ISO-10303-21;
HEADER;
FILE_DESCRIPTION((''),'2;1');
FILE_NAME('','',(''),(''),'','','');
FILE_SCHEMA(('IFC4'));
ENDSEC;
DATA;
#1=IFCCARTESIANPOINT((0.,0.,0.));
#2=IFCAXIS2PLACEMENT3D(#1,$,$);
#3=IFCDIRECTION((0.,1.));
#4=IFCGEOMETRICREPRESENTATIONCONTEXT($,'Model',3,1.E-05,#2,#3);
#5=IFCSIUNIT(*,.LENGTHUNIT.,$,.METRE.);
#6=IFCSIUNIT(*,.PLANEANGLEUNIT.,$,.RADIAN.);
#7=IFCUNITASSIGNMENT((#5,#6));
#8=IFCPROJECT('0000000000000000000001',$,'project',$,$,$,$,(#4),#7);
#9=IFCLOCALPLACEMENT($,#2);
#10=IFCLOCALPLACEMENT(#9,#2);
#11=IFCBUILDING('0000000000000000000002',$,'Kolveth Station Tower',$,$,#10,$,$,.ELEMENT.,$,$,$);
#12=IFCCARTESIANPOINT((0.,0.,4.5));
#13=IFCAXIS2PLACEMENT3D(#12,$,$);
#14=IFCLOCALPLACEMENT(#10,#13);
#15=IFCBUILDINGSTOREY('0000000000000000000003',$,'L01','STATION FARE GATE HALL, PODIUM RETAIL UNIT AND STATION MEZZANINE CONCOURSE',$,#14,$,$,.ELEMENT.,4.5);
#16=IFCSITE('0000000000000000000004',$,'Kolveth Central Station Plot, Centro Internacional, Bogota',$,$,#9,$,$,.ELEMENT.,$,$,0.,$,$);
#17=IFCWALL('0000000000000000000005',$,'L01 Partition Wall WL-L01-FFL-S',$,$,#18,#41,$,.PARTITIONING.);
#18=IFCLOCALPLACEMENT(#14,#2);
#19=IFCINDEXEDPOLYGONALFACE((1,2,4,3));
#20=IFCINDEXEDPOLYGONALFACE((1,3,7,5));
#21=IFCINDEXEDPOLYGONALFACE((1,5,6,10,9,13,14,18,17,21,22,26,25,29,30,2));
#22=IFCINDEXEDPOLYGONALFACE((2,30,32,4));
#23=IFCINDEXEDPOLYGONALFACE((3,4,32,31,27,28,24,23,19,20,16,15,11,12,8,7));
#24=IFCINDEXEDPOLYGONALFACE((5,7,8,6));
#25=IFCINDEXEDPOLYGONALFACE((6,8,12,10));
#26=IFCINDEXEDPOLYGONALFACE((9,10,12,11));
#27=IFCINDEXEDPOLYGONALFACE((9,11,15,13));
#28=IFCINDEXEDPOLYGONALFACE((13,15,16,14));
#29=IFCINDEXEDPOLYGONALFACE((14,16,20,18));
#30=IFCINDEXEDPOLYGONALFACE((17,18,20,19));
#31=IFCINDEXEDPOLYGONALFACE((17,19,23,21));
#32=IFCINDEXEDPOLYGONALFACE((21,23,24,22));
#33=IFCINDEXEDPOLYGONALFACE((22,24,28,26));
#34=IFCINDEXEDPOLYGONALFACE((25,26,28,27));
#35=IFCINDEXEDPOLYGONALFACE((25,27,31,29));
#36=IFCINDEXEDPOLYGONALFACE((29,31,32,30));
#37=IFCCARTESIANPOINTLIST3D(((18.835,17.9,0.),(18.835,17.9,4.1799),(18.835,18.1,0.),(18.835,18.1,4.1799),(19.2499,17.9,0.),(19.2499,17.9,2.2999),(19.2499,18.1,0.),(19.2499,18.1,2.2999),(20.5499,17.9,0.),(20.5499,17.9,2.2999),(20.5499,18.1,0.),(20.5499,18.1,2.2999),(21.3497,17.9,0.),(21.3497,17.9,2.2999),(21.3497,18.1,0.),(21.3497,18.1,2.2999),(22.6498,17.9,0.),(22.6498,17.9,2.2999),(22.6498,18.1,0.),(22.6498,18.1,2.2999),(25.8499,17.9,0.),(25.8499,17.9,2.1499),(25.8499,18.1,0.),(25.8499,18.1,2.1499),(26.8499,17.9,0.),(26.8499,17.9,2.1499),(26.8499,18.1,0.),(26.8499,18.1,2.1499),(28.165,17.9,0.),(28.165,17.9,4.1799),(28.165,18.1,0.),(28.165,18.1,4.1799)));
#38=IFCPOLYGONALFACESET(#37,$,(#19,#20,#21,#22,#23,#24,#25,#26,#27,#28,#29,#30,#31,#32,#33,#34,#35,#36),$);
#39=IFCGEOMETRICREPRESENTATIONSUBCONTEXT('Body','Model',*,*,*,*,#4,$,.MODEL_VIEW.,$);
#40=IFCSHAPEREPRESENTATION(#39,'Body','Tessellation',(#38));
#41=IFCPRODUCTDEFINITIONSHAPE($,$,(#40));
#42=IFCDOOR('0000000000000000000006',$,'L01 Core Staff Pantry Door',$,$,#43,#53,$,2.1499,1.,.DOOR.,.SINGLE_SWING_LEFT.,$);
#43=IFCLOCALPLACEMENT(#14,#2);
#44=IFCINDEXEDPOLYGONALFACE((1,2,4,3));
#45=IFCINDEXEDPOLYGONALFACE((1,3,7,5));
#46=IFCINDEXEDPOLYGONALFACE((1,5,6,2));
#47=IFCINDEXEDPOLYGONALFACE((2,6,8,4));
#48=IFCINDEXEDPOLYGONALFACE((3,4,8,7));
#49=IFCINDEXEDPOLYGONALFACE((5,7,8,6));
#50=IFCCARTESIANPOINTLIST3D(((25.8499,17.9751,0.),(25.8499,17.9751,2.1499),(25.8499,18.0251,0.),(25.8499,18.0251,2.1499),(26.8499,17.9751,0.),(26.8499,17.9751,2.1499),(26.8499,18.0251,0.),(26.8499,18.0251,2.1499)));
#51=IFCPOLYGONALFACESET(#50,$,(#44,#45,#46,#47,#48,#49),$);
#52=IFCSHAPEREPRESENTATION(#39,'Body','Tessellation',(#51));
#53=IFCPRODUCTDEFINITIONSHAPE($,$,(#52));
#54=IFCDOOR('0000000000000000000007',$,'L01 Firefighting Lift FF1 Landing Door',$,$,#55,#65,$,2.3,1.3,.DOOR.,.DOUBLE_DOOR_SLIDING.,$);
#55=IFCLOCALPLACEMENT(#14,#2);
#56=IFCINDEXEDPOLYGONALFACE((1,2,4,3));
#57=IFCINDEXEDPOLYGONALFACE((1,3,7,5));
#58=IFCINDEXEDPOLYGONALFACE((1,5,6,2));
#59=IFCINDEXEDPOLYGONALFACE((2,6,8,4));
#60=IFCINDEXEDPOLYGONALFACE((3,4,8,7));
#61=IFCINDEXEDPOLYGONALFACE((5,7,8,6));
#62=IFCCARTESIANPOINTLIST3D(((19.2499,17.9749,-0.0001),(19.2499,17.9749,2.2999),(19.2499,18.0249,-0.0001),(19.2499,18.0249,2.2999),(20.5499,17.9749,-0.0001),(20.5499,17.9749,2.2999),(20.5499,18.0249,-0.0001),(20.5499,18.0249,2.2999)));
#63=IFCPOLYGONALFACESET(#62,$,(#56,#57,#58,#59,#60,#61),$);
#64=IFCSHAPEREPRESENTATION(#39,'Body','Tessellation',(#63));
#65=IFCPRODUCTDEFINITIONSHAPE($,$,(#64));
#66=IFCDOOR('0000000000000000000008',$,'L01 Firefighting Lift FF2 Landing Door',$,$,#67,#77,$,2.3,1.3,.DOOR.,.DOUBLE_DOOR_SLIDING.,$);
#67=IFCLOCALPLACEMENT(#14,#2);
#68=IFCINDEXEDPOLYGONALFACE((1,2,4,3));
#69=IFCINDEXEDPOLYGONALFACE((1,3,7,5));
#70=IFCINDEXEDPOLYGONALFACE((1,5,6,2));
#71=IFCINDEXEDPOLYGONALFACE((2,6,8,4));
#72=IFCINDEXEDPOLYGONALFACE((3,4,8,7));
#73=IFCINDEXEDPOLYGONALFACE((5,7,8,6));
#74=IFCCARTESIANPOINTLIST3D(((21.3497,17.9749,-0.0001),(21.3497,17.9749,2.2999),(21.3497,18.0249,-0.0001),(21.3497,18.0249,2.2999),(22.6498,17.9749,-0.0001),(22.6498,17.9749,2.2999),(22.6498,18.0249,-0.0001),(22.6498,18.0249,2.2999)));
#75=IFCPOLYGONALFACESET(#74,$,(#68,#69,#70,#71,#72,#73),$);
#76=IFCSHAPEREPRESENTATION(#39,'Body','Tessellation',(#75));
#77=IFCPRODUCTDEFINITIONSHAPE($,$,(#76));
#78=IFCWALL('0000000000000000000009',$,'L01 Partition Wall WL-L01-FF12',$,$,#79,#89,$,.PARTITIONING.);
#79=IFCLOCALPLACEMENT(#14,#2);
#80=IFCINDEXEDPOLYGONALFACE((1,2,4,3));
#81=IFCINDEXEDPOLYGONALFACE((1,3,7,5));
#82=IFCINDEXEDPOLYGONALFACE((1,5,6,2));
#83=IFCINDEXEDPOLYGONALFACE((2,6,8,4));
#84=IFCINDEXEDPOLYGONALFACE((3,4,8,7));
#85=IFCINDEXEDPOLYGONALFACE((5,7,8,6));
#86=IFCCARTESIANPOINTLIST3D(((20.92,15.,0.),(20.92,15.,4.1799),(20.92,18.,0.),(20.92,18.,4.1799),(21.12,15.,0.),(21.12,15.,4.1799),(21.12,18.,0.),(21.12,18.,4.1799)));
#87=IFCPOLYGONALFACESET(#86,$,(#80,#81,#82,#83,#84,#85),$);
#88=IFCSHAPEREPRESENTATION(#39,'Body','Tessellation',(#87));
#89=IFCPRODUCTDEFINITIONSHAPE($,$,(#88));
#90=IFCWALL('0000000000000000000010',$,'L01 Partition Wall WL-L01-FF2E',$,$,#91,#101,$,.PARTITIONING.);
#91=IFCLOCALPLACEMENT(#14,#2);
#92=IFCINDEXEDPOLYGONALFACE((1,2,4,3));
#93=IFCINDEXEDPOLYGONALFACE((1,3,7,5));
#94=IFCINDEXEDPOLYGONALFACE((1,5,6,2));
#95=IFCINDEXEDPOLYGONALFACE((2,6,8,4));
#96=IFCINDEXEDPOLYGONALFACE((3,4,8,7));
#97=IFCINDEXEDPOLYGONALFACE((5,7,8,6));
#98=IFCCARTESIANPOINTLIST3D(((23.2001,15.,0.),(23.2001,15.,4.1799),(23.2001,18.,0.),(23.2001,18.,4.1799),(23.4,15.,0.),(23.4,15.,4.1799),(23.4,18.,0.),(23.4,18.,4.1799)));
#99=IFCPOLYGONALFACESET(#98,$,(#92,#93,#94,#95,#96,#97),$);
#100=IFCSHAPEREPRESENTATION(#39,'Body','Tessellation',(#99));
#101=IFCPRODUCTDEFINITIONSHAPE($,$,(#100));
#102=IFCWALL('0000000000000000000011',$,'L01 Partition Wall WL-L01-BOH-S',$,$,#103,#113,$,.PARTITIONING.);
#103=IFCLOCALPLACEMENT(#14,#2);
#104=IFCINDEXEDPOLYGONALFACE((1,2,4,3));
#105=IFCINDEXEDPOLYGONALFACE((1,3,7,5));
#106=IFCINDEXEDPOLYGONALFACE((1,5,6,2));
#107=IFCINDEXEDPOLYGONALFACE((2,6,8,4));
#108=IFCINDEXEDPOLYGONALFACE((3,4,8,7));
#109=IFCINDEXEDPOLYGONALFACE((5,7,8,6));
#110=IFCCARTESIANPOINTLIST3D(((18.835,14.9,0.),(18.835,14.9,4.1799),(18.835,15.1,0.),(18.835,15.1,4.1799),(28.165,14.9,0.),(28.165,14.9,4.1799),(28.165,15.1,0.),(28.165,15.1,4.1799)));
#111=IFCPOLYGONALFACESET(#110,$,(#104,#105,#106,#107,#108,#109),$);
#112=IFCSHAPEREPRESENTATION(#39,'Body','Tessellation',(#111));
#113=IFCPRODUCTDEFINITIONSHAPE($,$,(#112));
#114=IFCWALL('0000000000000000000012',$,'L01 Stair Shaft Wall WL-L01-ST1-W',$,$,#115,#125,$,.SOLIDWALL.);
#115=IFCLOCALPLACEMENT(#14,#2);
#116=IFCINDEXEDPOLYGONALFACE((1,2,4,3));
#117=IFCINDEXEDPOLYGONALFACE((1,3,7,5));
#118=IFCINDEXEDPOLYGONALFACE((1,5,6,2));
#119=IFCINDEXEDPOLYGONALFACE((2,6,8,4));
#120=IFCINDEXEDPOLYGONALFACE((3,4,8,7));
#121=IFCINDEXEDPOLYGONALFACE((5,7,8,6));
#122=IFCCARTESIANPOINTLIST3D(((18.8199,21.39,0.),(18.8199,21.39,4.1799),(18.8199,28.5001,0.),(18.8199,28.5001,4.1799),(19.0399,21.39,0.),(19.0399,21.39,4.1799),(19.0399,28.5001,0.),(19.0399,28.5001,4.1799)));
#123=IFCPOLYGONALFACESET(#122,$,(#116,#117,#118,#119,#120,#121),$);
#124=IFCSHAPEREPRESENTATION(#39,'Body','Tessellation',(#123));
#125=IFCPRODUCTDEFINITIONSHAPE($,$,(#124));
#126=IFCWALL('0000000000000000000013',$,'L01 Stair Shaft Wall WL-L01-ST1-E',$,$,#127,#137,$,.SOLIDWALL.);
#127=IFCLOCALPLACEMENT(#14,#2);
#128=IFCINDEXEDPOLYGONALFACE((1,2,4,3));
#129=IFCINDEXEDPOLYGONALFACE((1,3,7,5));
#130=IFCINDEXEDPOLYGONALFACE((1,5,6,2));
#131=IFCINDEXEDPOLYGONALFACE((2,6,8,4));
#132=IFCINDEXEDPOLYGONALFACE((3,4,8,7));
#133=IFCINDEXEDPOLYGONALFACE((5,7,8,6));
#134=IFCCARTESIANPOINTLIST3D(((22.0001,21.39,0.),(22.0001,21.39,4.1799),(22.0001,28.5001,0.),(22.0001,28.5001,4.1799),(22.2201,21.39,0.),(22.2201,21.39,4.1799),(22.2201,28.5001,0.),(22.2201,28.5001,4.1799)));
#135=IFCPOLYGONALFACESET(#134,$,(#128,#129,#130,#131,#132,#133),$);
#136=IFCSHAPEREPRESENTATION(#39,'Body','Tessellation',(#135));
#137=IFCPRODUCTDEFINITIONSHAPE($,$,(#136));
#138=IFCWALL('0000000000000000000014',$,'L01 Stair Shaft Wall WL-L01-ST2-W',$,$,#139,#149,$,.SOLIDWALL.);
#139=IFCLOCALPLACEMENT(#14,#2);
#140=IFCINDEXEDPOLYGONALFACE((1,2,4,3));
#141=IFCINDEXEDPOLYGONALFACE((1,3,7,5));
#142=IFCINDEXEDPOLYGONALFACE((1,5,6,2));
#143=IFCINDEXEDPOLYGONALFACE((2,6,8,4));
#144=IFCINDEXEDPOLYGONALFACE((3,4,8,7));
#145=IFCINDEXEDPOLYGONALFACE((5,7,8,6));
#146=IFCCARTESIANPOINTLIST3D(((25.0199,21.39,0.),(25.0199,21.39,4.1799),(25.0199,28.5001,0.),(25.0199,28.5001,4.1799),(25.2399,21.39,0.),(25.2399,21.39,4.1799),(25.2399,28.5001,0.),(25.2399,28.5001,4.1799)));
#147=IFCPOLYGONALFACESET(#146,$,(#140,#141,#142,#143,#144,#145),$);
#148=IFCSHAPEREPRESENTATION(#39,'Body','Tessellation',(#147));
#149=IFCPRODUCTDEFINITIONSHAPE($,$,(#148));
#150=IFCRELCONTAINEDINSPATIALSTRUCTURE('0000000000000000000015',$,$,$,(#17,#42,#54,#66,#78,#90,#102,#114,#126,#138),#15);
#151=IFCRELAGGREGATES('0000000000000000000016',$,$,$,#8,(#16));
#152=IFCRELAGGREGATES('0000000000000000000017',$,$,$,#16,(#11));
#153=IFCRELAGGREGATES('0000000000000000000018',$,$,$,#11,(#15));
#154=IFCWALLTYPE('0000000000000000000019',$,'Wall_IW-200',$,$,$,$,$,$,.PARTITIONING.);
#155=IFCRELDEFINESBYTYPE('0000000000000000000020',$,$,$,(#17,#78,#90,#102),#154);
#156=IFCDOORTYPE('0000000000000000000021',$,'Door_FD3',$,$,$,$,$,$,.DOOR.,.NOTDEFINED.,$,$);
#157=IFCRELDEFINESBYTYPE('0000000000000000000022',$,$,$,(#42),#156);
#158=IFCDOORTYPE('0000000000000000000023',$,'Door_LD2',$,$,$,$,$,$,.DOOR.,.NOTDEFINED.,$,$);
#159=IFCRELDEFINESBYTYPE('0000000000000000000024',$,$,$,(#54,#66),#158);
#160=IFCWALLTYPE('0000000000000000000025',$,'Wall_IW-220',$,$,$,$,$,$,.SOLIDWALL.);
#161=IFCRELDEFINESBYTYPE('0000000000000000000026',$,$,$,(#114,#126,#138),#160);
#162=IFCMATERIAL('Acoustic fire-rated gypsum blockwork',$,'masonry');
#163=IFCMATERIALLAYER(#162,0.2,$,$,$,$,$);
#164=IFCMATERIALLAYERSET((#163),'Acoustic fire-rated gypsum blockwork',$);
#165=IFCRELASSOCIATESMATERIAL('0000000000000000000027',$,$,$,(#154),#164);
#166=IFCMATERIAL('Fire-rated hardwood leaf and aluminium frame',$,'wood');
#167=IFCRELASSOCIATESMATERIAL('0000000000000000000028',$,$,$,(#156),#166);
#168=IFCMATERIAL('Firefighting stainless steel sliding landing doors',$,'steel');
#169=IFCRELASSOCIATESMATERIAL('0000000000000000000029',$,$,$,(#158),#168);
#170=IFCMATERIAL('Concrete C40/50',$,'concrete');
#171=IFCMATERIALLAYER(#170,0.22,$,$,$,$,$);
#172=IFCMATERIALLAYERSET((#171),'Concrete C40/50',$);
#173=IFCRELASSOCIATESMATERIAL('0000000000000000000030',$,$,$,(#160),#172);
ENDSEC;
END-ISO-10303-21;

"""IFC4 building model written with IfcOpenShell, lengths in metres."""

from ifc_helpers import new_model, si_unit, direction, frame, frame_2d, origin, place, context, subcontext, project, spatial, rectangle, extrude, material, layer, layer_set, type_object, element, fill, save


model = new_model("IFC4")

# Units and contexts
model_context = context("Model", 3, precision=1e-05, world=origin(), true_north=direction((0.0, 1.0)))
body_context = subcontext(model_context, "Body", "Model", "MODEL_VIEW")
ifc_project = project(units=[si_unit("LENGTHUNIT", "METRE"), si_unit("PLANEANGLEUNIT", "RADIAN")], contexts=[model_context])

# Site, building, storey
site_placement = place(None, origin())
site = spatial("IfcSite", under=ifc_project, at=site_placement, Name="Kolveth Central Station Plot, Centro Internacional, Bogota", CompositionType="ELEMENT", RefElevation=0.0)
building_placement = place(site_placement, origin())
building = spatial("IfcBuilding", under=site, at=building_placement, Name="Kolveth Station Tower", CompositionType="ELEMENT")
storey_placement = place(building_placement, frame((0.0, 0.0, 4.5)))
storey = spatial("IfcBuildingStorey", under=building, at=storey_placement, Name="L01", Description="STATION FARE GATE HALL, PODIUM RETAIL UNIT AND STATION MEZZANINE CONCOURSE", CompositionType="ELEMENT", Elevation=4.5)

# Shared definitions
ifc_material_1 = material(Name="Acoustic fire-rated gypsum blockwork", Category="masonry")
ifc_layer_1 = layer(ifc_material_1, 0.2)
ifc_layer_set_1 = layer_set([ifc_layer_1], Name="Acoustic fire-rated gypsum blockwork")
wall_type_1 = type_object("IfcWallType", Name="Wall_IW-200", PredefinedType="PARTITIONING", material=ifc_layer_set_1)

# Wall, openings, doors
wall_1_placement = place(storey_placement, frame((18.835, 18.0, 0.0), z_axis=(0.0, 0.0, 1.0), x_axis=(1.0, 0.0, 0.0)))
wall_1 = element("IfcWall", 1, at=wall_1_placement, inside=storey, type_object=wall_type_1, Name="L01 Partition Wall WL-L01-FFL-S", PredefinedType="PARTITIONING", context=body_context, shape_type="SweptSolid", body=[
    extrude(rectangle(XDim=9.3301, YDim=0.2, at=frame_2d((4.665, 0.0))), origin(), (0.0, 0.0, 1.0), 4.1799),
])
opening_1_placement = place(wall_1_placement, frame((0.415, 0.0, 0.0)))
opening_1 = element("IfcOpeningElement", 2, at=opening_1_placement, cuts=wall_1, PredefinedType="OPENING", context=body_context, shape_type="SweptSolid", body=[
    extrude(rectangle(XDim=1.3, YDim=2.3, at=frame_2d((0.6499, 1.1499))), frame((0.0, 0.1099, 0.0), z_axis=(0.0, -1.0, 0.0), x_axis=(1.0, 0.0, 0.0)), (0.0, 0.0, 1.0), 0.22),
])
opening_2_placement = place(wall_1_placement, frame((2.5149, 0.0, 0.0)))
opening_2 = element("IfcOpeningElement", 3, at=opening_2_placement, cuts=wall_1, PredefinedType="OPENING", context=body_context, shape_type="SweptSolid", body=[
    extrude(rectangle(XDim=1.3, YDim=2.3, at=frame_2d((0.6499, 1.1499))), frame((0.0, 0.1099, 0.0), z_axis=(0.0, -1.0, 0.0), x_axis=(1.0, 0.0, 0.0)), (0.0, 0.0, 1.0), 0.22),
])
opening_3_placement = place(wall_1_placement, frame((7.0149, 0.0, 0.0)))
opening_3 = element("IfcOpeningElement", 4, at=opening_3_placement, cuts=wall_1, PredefinedType="OPENING", context=body_context, shape_type="SweptSolid", body=[
    extrude(rectangle(XDim=1.0, YDim=2.1499, at=frame_2d((0.5, 1.075))), frame((0.0, 0.1099, 0.0), z_axis=(0.0, -1.0, 0.0), x_axis=(1.0, 0.0, 0.0)), (0.0, 0.0, 1.0), 0.22),
])
ifc_material_2 = material(Name="Fire-rated hardwood leaf and aluminium frame", Category="wood")
door_type_1 = type_object("IfcDoorType", Name="Door_FD3", OperationType="NOTDEFINED", PredefinedType="DOOR", material=ifc_material_2)
door_1_placement = place(opening_3_placement, frame((1.0, 0.0, 0.0), z_axis=(0.0, 0.0, 1.0), x_axis=(-1.0, 0.0, 0.0)))
door_1 = element("IfcDoor", 5, at=door_1_placement, inside=storey, type_object=door_type_1, Name="L01 Core Staff Pantry Door", OperationType="SINGLE_SWING_LEFT", OverallHeight=2.1499, OverallWidth=1.0, PredefinedType="DOOR", context=body_context, shape_type="SweptSolid", body=[
    extrude(rectangle(XDim=1.0, YDim=2.1499, at=frame_2d((0.5, 1.075))), frame((0.0, 0.0249, 0.0), z_axis=(0.0, -1.0, 0.0), x_axis=(1.0, 0.0, 0.0)), (0.0, 0.0, 1.0), 0.05),
])
fill(opening_3, door_1)
ifc_material_3 = material(Name="Firefighting stainless steel sliding landing doors", Category="steel")
door_type_2 = type_object("IfcDoorType", Name="Door_LD2", OperationType="NOTDEFINED", PredefinedType="DOOR", material=ifc_material_3)
door_2_placement = place(opening_1_placement, origin())
door_2 = element("IfcDoor", 6, at=door_2_placement, inside=storey, type_object=door_type_2, Name="L01 Firefighting Lift FF1 Landing Door", OperationType="DOUBLE_DOOR_SLIDING", OverallHeight=2.3, OverallWidth=1.3, PredefinedType="DOOR", context=body_context, shape_type="SweptSolid", body=[
    extrude(rectangle(XDim=1.3, YDim=2.3, at=frame_2d((0.6499, 1.1499))), frame((0.0, 0.0249, 0.0), z_axis=(0.0, -1.0, 0.0), x_axis=(1.0, 0.0, 0.0)), (0.0, 0.0, 1.0), 0.05),
])
fill(opening_1, door_2)
door_3_placement = place(opening_2_placement, origin())
door_3 = element("IfcDoor", 7, at=door_3_placement, inside=storey, type_object=door_type_2, Name="L01 Firefighting Lift FF2 Landing Door", OperationType="DOUBLE_DOOR_SLIDING", OverallHeight=2.3, OverallWidth=1.3, PredefinedType="DOOR", context=body_context, shape_type="SweptSolid", body=[
    extrude(rectangle(XDim=1.3, YDim=2.3, at=frame_2d((0.6499, 1.1499))), frame((0.0, 0.0249, 0.0), z_axis=(0.0, -1.0, 0.0), x_axis=(1.0, 0.0, 0.0)), (0.0, 0.0, 1.0), 0.05),
])
fill(opening_2, door_3)

# Walls
for number, where, z_axis, x_axis, name in (
    (8, (21.02, 15.0, 0.0), (0.0, 0.0, 1.0), (0.0, 1.0, 0.0), "L01 Partition Wall WL-L01-FF12"),
    (9, (23.3, 15.0, 0.0), (0.0, 0.0, 1.0), (0.0, 1.0, 0.0), "L01 Partition Wall WL-L01-FF2E"),
):
    element("IfcWall", number, at=place(storey_placement, frame(where, z_axis=z_axis, x_axis=x_axis)), inside=storey, type_object=wall_type_1, Name=name, PredefinedType="PARTITIONING", context=body_context, shape_type="SweptSolid", body=[
        extrude(rectangle(XDim=3.0, YDim=0.2, at=frame_2d((1.5, 0.0))), origin(), (0.0, 0.0, 1.0), 4.1799),
    ])
wall_2_placement = place(storey_placement, frame((18.835, 15.0, 0.0), z_axis=(0.0, 0.0, 1.0), x_axis=(1.0, 0.0, 0.0)))
element("IfcWall", 10, at=wall_2_placement, inside=storey, type_object=wall_type_1, Name="L01 Partition Wall WL-L01-BOH-S", PredefinedType="PARTITIONING", context=body_context, shape_type="SweptSolid", body=[
    extrude(rectangle(XDim=9.3301, YDim=0.2, at=frame_2d((4.665, 0.0))), origin(), (0.0, 0.0, 1.0), 4.1799),
])
ifc_material_4 = material(Name="Concrete C40/50", Category="concrete")
ifc_layer_2 = layer(ifc_material_4, 0.22)
ifc_layer_set_2 = layer_set([ifc_layer_2], Name="Concrete C40/50")
wall_type_2 = type_object("IfcWallType", Name="Wall_IW-220", PredefinedType="SOLIDWALL", material=ifc_layer_set_2)
for number, where, z_axis, x_axis, name in (
    (11, (18.9299, 21.3899, 0.0), (0.0, 0.0, 1.0), (0.0, 1.0, 0.0), "L01 Stair Shaft Wall WL-L01-ST1-W"),
    (12, (22.1101, 21.3899, 0.0), (0.0, 0.0, 1.0), (0.0, 1.0, 0.0), "L01 Stair Shaft Wall WL-L01-ST1-E"),
    (13, (25.1299, 21.3899, 0.0), (0.0, 0.0, 1.0), (0.0, 1.0, 0.0), "L01 Stair Shaft Wall WL-L01-ST2-W"),
):
    element("IfcWall", number, at=place(storey_placement, frame(where, z_axis=z_axis, x_axis=x_axis)), inside=storey, type_object=wall_type_2, Name=name, PredefinedType="SOLIDWALL", context=body_context, shape_type="SweptSolid", body=[
        extrude(rectangle(XDim=7.1101, YDim=0.22, at=frame_2d((3.5552, 0.0))), origin(), (0.0, 0.0, 1.0), 4.1799),
    ])

save(model, "model.ifc")
